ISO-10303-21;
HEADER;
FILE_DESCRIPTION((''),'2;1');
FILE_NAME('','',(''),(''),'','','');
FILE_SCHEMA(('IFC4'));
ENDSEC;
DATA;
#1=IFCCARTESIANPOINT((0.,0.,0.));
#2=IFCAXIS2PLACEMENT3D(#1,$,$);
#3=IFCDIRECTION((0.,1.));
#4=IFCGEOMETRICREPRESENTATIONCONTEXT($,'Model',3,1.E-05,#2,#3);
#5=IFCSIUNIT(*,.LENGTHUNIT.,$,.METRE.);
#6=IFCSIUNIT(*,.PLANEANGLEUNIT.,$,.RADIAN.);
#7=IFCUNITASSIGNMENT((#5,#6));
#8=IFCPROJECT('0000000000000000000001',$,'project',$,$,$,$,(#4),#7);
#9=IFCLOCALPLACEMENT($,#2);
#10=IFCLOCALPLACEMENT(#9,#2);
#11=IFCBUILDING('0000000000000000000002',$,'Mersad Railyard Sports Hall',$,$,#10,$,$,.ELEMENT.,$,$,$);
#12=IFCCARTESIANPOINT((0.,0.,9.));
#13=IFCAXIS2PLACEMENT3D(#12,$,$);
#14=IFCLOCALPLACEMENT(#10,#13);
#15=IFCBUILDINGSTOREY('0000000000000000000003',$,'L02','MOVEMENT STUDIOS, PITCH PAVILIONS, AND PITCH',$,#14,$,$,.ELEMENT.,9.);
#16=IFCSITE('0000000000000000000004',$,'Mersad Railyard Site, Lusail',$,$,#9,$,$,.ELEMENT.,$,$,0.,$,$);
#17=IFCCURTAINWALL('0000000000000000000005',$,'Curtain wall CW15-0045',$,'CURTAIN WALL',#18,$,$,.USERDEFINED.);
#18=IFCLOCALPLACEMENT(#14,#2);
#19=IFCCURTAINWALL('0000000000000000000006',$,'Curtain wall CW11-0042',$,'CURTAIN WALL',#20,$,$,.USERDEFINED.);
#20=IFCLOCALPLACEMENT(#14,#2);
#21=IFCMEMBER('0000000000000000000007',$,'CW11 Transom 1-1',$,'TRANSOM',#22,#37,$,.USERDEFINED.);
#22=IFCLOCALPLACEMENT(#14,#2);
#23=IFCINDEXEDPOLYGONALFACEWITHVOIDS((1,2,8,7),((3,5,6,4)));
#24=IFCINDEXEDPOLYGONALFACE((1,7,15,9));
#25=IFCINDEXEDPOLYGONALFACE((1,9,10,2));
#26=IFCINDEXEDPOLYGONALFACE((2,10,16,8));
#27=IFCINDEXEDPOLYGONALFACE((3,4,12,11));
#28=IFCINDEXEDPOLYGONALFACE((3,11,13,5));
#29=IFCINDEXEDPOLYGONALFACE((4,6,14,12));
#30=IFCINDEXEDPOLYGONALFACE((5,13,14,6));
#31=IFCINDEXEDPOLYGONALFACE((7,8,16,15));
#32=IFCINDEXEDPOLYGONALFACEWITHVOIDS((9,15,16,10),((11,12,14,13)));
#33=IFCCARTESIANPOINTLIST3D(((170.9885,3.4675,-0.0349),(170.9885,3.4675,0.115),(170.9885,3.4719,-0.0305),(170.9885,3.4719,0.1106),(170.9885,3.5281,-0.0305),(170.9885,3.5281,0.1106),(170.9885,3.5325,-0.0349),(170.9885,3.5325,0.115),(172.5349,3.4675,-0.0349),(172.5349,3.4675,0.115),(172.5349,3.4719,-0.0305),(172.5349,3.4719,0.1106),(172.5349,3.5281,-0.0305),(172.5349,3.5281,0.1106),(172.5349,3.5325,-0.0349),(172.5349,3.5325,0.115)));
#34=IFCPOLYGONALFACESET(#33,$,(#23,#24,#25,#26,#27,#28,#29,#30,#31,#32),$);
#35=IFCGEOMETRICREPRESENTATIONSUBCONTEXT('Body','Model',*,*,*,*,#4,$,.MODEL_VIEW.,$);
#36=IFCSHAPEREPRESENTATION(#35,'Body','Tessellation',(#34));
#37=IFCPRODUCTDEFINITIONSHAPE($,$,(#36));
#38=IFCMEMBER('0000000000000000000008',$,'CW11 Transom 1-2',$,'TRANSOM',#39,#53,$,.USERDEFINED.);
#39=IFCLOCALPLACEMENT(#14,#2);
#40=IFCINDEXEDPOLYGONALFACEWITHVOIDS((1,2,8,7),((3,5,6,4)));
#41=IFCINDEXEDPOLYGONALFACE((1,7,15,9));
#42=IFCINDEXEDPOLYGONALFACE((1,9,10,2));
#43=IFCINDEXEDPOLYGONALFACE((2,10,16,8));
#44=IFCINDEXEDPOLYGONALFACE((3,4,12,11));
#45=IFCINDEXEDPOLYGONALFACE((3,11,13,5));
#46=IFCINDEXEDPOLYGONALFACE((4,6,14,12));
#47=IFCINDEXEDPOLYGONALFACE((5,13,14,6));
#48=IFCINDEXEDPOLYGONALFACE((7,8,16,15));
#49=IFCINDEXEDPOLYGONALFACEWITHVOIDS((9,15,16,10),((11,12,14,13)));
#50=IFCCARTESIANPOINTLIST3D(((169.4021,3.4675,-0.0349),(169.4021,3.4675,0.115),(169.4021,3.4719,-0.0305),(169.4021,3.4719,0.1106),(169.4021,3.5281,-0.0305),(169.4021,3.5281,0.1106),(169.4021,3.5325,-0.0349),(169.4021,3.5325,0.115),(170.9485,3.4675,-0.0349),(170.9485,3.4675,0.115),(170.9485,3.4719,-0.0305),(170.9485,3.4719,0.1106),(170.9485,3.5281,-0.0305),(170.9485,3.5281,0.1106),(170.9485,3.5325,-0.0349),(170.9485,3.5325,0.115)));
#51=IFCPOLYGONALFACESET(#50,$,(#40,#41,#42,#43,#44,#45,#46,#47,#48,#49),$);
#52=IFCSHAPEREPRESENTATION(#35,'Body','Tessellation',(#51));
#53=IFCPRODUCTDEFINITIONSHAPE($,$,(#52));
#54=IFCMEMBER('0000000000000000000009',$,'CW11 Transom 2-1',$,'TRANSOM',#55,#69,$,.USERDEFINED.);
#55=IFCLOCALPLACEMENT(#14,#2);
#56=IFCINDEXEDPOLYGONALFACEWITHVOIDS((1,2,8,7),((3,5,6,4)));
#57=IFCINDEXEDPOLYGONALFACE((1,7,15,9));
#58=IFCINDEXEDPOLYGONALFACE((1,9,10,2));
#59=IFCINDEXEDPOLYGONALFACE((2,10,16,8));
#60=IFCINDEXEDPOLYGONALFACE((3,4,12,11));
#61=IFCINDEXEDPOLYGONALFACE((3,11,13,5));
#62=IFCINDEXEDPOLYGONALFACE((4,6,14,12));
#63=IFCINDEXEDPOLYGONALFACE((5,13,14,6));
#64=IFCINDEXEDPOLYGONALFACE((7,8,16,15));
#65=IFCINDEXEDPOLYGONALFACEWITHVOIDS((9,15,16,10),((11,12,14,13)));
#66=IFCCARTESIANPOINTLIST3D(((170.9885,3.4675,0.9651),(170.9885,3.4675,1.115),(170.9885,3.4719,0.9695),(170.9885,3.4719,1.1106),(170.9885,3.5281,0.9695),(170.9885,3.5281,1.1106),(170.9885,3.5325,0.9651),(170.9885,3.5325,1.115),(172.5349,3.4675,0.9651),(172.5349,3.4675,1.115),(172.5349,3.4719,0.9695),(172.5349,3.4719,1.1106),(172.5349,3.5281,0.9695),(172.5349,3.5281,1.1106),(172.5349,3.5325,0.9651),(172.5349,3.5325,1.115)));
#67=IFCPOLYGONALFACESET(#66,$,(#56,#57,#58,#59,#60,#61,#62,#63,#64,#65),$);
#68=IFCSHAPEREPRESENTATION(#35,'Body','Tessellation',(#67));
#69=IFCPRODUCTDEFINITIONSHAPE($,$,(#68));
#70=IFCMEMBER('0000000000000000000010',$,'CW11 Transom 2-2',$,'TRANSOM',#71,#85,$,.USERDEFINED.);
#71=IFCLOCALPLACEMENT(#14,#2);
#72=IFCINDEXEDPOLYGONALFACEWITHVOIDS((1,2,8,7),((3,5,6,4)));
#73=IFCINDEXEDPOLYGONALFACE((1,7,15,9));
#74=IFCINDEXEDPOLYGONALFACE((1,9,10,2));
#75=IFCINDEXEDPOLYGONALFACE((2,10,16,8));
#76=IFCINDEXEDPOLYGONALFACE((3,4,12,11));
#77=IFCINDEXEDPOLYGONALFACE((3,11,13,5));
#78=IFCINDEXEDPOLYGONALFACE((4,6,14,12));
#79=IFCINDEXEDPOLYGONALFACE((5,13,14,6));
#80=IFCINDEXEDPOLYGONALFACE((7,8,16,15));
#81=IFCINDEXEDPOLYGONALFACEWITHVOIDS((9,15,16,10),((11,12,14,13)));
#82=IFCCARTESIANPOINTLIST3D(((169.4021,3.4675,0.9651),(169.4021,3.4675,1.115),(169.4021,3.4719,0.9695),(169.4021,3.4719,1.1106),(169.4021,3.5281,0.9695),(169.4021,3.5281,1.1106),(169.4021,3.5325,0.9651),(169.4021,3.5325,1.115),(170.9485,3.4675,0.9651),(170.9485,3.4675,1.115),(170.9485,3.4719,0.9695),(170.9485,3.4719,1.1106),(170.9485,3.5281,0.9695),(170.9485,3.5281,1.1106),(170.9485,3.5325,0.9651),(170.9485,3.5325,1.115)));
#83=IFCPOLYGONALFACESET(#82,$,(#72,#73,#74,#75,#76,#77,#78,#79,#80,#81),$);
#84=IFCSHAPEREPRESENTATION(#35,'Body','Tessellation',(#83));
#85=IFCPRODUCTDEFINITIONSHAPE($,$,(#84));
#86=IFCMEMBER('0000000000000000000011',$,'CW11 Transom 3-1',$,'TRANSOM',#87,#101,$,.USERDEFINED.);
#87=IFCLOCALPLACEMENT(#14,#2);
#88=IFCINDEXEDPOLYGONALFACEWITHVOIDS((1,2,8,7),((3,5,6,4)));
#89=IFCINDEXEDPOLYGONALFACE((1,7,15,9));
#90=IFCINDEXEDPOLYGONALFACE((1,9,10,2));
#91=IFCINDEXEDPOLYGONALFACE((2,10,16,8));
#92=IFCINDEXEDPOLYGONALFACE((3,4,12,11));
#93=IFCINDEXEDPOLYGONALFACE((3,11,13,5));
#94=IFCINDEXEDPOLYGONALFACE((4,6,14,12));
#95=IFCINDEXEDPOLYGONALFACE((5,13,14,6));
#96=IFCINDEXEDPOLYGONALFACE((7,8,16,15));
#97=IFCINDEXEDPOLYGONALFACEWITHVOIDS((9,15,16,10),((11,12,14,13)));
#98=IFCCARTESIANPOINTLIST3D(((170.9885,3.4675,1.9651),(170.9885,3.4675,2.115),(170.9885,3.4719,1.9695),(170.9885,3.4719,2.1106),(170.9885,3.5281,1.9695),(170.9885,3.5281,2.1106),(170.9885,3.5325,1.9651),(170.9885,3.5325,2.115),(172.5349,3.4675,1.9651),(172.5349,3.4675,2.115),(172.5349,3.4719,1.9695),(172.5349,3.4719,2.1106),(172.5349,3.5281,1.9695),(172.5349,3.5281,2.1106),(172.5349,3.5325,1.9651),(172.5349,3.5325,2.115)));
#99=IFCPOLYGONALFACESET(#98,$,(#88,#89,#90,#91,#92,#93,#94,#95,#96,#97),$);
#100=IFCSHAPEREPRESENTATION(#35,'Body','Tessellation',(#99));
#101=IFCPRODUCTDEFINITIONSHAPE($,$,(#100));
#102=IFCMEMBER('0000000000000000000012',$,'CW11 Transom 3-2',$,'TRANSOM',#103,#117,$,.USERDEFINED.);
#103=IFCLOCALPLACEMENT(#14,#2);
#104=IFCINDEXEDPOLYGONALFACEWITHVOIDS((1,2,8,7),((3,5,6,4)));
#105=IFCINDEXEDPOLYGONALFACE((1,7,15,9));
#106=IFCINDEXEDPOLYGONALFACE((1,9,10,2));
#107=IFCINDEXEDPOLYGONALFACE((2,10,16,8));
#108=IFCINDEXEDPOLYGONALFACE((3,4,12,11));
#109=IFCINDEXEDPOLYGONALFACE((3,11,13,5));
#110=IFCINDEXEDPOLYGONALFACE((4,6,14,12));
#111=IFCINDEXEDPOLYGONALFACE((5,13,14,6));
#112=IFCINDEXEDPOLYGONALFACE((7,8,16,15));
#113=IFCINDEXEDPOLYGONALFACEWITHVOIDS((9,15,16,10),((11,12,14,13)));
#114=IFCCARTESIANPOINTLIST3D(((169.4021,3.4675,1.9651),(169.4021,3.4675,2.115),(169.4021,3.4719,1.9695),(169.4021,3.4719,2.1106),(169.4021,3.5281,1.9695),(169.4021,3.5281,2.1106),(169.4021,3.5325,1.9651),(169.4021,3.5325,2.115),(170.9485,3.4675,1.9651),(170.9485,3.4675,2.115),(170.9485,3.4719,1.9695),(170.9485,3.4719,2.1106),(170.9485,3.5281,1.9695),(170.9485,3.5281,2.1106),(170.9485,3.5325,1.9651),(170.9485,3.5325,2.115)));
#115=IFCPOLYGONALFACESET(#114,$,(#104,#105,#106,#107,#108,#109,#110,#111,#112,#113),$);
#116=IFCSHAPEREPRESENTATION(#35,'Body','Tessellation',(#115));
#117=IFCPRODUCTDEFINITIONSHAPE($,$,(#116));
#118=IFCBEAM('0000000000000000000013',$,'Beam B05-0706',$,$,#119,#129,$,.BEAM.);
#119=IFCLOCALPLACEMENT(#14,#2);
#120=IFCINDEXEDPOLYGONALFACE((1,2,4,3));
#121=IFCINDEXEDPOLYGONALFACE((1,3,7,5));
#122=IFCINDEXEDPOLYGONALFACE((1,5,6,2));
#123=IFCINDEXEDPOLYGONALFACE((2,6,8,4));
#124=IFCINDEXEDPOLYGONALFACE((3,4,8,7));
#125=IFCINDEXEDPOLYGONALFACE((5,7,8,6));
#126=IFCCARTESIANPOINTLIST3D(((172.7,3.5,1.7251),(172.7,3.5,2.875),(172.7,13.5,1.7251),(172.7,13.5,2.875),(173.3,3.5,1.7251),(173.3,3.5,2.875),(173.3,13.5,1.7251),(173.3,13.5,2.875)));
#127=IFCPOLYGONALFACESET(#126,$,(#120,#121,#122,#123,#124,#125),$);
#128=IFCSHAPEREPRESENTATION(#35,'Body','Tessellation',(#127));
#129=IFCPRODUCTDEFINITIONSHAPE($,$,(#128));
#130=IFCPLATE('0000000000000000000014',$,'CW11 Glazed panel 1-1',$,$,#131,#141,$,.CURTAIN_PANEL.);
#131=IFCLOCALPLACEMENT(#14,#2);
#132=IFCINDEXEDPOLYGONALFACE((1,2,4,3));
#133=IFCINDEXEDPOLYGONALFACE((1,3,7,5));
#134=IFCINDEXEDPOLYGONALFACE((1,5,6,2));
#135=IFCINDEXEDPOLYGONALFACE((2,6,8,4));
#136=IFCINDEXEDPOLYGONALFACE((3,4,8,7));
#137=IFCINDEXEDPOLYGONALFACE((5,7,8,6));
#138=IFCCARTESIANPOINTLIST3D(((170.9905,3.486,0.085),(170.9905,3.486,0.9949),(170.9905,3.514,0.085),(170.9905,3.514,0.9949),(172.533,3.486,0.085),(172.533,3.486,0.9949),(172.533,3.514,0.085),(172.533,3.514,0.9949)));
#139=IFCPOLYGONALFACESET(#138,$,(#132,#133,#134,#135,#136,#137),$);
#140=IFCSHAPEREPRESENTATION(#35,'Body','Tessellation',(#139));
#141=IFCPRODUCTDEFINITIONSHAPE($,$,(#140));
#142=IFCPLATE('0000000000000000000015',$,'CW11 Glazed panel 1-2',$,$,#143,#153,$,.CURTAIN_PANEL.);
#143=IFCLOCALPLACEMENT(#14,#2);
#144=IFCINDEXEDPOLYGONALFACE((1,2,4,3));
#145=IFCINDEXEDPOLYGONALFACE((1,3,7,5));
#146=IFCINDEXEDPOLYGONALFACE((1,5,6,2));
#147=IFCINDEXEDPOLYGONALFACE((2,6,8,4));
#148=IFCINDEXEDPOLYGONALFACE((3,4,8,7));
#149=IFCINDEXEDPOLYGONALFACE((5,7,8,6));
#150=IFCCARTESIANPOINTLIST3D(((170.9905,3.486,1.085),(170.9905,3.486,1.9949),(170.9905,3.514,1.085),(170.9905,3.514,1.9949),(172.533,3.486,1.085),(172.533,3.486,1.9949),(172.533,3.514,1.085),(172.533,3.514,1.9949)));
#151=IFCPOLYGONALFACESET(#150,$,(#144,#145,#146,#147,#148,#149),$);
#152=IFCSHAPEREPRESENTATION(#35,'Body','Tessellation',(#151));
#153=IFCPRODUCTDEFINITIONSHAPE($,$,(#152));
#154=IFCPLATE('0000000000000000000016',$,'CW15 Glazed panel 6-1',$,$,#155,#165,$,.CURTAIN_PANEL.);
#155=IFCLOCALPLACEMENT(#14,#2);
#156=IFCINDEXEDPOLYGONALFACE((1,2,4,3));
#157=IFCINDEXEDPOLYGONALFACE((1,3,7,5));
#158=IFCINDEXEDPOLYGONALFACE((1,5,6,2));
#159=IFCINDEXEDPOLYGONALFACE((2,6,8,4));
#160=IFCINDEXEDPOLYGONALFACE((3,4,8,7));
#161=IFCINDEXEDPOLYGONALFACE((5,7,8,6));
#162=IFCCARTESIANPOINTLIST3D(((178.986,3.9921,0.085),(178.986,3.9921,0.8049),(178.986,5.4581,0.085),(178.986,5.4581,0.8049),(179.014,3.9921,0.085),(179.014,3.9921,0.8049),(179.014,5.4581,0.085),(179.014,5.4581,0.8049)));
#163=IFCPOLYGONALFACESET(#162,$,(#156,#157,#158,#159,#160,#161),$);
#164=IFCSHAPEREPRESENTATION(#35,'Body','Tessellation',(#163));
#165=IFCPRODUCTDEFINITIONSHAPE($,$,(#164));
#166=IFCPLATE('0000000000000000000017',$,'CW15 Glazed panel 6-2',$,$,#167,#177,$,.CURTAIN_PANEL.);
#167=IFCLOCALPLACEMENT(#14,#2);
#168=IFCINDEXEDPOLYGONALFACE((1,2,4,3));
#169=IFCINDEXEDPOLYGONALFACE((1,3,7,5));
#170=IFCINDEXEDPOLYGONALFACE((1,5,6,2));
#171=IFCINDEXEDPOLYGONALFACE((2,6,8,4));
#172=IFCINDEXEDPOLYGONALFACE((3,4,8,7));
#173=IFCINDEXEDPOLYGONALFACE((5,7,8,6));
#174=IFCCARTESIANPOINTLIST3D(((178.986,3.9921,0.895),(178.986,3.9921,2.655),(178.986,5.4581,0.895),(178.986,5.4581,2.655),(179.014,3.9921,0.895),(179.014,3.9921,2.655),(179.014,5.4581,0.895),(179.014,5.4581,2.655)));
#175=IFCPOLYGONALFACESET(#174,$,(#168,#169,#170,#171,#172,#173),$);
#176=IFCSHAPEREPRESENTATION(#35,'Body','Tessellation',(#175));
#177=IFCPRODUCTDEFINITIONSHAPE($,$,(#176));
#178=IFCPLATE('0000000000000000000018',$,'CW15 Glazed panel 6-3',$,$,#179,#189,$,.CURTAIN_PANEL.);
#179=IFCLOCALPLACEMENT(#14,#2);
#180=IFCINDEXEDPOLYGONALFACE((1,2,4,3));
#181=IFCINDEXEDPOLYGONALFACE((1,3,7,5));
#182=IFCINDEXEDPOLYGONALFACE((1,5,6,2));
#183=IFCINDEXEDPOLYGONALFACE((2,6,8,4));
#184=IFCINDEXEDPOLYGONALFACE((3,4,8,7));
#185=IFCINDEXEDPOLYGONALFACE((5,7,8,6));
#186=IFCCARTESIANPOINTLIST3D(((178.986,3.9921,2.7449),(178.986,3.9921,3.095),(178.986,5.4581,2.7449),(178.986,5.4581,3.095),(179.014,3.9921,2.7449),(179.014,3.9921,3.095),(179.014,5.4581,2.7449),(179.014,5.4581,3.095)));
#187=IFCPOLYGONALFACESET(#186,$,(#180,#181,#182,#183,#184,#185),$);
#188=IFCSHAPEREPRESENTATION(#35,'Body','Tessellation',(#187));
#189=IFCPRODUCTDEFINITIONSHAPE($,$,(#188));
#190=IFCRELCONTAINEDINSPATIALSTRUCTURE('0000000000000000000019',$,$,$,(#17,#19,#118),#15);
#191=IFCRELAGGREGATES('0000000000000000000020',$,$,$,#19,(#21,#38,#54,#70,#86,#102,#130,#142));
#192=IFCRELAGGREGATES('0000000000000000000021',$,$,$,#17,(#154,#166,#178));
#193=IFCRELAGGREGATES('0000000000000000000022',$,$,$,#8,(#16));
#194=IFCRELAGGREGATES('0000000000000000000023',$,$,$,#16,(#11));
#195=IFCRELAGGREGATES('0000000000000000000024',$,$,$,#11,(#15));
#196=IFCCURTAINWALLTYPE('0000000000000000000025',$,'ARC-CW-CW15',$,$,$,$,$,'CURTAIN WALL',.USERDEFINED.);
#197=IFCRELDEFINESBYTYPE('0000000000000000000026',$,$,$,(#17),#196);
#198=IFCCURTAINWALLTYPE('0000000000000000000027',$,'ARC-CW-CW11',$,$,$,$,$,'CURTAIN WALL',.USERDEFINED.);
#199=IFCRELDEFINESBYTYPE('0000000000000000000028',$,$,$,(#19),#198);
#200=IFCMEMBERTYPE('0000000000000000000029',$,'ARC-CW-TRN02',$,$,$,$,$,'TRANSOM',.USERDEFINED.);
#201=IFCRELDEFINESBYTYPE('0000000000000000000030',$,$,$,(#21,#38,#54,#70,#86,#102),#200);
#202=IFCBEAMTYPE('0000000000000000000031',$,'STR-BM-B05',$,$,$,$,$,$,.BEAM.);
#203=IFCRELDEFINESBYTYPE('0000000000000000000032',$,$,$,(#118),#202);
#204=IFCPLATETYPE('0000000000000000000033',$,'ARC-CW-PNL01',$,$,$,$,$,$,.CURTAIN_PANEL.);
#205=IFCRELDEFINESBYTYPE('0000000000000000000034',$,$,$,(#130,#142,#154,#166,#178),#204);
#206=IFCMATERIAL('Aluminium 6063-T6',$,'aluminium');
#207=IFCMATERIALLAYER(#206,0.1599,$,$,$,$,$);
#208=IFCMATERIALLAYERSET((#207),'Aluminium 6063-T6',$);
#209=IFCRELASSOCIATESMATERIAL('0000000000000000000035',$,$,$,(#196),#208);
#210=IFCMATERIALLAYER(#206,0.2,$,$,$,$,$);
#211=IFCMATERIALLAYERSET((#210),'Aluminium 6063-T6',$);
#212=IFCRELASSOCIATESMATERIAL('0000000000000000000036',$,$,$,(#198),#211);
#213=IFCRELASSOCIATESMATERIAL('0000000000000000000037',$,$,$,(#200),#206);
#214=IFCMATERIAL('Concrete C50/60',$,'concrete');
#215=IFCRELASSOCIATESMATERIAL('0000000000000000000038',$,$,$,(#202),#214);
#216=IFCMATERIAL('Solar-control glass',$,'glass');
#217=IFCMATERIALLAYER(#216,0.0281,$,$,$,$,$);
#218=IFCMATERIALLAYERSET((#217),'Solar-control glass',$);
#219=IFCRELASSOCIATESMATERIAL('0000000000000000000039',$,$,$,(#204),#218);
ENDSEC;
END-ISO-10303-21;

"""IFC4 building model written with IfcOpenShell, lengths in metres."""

from ifc_helpers import new_model, si_unit, direction, frame, origin, origin_2d, place, context, subcontext, project, spatial, rectangle, hollow_rectangle, extrude, material, layer, layer_set, material_profile, profile_set, type_object, element, aggregate, save


model = new_model("IFC4")

# Units and contexts
model_context = context("Model", 3, precision=1e-05, world=origin(), true_north=direction((0.0, 1.0)))
body_context = subcontext(model_context, "Body", "Model", "MODEL_VIEW")
ifc_project = project(units=[si_unit("LENGTHUNIT", "METRE"), si_unit("PLANEANGLEUNIT", "RADIAN")], contexts=[model_context])

# Site, building, storey
site_placement = place(None, origin())
site = spatial("IfcSite", under=ifc_project, at=site_placement, Name="Mersad Railyard Site, Lusail", CompositionType="ELEMENT", RefElevation=0.0)
building_placement = place(site_placement, origin())
building = spatial("IfcBuilding", under=site, at=building_placement, Name="Mersad Railyard Sports Hall", CompositionType="ELEMENT")
storey_placement = place(building_placement, frame((0.0, 0.0, 9.0)))
storey = spatial("IfcBuildingStorey", under=building, at=storey_placement, Name="L02", Description="MOVEMENT STUDIOS, PITCH PAVILIONS, AND PITCH", CompositionType="ELEMENT", Elevation=9.0)

# Shared definitions
ifc_material_1 = material(Name="Concrete C50/60", Category="concrete")

# Curtain walls
ifc_material_2 = material(Name="Aluminium 6063-T6", Category="aluminium")
ifc_layer_1 = layer(ifc_material_2, 0.1599)
ifc_layer_set_1 = layer_set([ifc_layer_1], Name="Aluminium 6063-T6")
curtain_wall_type_1 = type_object("IfcCurtainWallType", Name="ARC-CW-CW15", ElementType="CURTAIN WALL", PredefinedType="USERDEFINED", material=ifc_layer_set_1)
curtain_wall_1_placement = place(storey_placement, origin())
curtain_wall_1 = element("IfcCurtainWall", 1, at=curtain_wall_1_placement, inside=storey, type_object=curtain_wall_type_1, Name="Curtain wall CW15-0045", ObjectType="CURTAIN WALL", PredefinedType="USERDEFINED")
ifc_layer_2 = layer(ifc_material_2, 0.2)
ifc_layer_set_2 = layer_set([ifc_layer_2], Name="Aluminium 6063-T6")
curtain_wall_type_2 = type_object("IfcCurtainWallType", Name="ARC-CW-CW11", ElementType="CURTAIN WALL", PredefinedType="USERDEFINED", material=ifc_layer_set_2)
curtain_wall_2_placement = place(storey_placement, origin())
curtain_wall_2 = element("IfcCurtainWall", 2, at=curtain_wall_2_placement, inside=storey, type_object=curtain_wall_type_2, Name="Curtain wall CW11-0042", ObjectType="CURTAIN WALL", PredefinedType="USERDEFINED")

# Members
ifc_material_profile_1 = material_profile(ifc_material_2, hollow_rectangle(XDim=0.0649, YDim=0.1499, WallThickness=0.0044, at=origin_2d()), Name="AL TRANSOM 65x150x4.5")
ifc_profile_set_1 = profile_set([ifc_material_profile_1], Name="Aluminium 6063-T6")
member_type_1 = type_object("IfcMemberType", Name="ARC-CW-TRN02", ElementType="TRANSOM", PredefinedType="USERDEFINED", material=ifc_profile_set_1)
member_1_placement = place(storey_placement, frame((172.5349, 3.5, 0.04), z_axis=(-1.0, 0.0, 0.0), x_axis=(0.0, -1.0, 0.0)))
member_1 = element("IfcMember", 3, at=member_1_placement, type_object=member_type_1, Name="CW11 Transom 1-1", ObjectType="TRANSOM", PredefinedType="USERDEFINED", context=body_context, shape_type="SweptSolid", body=[
    extrude(hollow_rectangle(XDim=0.0649, YDim=0.1499, WallThickness=0.0044, at=origin_2d()), origin(), (0.0, 0.0, 1.0), 1.5464),
])
member_2_placement = place(storey_placement, frame((170.9485, 3.5, 0.04), z_axis=(-1.0, 0.0, 0.0), x_axis=(0.0, -1.0, 0.0)))
member_2 = element("IfcMember", 4, at=member_2_placement, type_object=member_type_1, Name="CW11 Transom 1-2", ObjectType="TRANSOM", PredefinedType="USERDEFINED", context=body_context, shape_type="SweptSolid", body=[
    extrude(hollow_rectangle(XDim=0.0649, YDim=0.1499, WallThickness=0.0044, at=origin_2d()), origin(), (0.0, 0.0, 1.0), 1.5464),
])
member_3_placement = place(storey_placement, frame((172.5349, 3.5, 1.04), z_axis=(-1.0, 0.0, 0.0), x_axis=(0.0, -1.0, 0.0)))
member_3 = element("IfcMember", 5, at=member_3_placement, type_object=member_type_1, Name="CW11 Transom 2-1", ObjectType="TRANSOM", PredefinedType="USERDEFINED", context=body_context, shape_type="SweptSolid", body=[
    extrude(hollow_rectangle(XDim=0.0649, YDim=0.1499, WallThickness=0.0044, at=origin_2d()), origin(), (0.0, 0.0, 1.0), 1.5464),
])
member_4_placement = place(storey_placement, frame((170.9485, 3.5, 1.04), z_axis=(-1.0, 0.0, 0.0), x_axis=(0.0, -1.0, 0.0)))
member_4 = element("IfcMember", 6, at=member_4_placement, type_object=member_type_1, Name="CW11 Transom 2-2", ObjectType="TRANSOM", PredefinedType="USERDEFINED", context=body_context, shape_type="SweptSolid", body=[
    extrude(hollow_rectangle(XDim=0.0649, YDim=0.1499, WallThickness=0.0044, at=origin_2d()), origin(), (0.0, 0.0, 1.0), 1.5464),
])
member_5_placement = place(storey_placement, frame((172.5349, 3.5, 2.04), z_axis=(-1.0, 0.0, 0.0), x_axis=(0.0, -1.0, 0.0)))
member_5 = element("IfcMember", 7, at=member_5_placement, type_object=member_type_1, Name="CW11 Transom 3-1", ObjectType="TRANSOM", PredefinedType="USERDEFINED", context=body_context, shape_type="SweptSolid", body=[
    extrude(hollow_rectangle(XDim=0.0649, YDim=0.1499, WallThickness=0.0044, at=origin_2d()), origin(), (0.0, 0.0, 1.0), 1.5464),
])
member_6_placement = place(storey_placement, frame((170.9485, 3.5, 2.04), z_axis=(-1.0, 0.0, 0.0), x_axis=(0.0, -1.0, 0.0)))
member_6 = element("IfcMember", 8, at=member_6_placement, type_object=member_type_1, Name="CW11 Transom 3-2", ObjectType="TRANSOM", PredefinedType="USERDEFINED", context=body_context, shape_type="SweptSolid", body=[
    extrude(hollow_rectangle(XDim=0.0649, YDim=0.1499, WallThickness=0.0044, at=origin_2d()), origin(), (0.0, 0.0, 1.0), 1.5464),
])

# Beam
ifc_material_profile_2 = material_profile(ifc_material_1, rectangle(XDim=0.6001, YDim=1.1499, at=origin_2d()), Name="RC 600x1150")
ifc_profile_set_2 = profile_set([ifc_material_profile_2], Name="Concrete C50/60")
beam_type = type_object("IfcBeamType", Name="STR-BM-B05", PredefinedType="BEAM", material=ifc_profile_set_2)
beam_placement = place(storey_placement, frame((173.0, 3.5, 2.3), z_axis=(0.0, 1.0, 0.0), x_axis=(-1.0, 0.0, 0.0)))
element("IfcBeam", 9, at=beam_placement, inside=storey, type_object=beam_type, Name="Beam B05-0706", PredefinedType="BEAM", context=body_context, shape_type="SweptSolid", body=[
    extrude(rectangle(XDim=0.6001, YDim=1.1499, at=origin_2d()), origin(), (0.0, 0.0, 1.0), 10.0),
])

# Plates
ifc_material_3 = material(Name="Solar-control glass", Category="glass")
ifc_layer_3 = layer(ifc_material_3, 0.0281)
ifc_layer_set_3 = layer_set([ifc_layer_3], Name="Solar-control glass")
plate_type = type_object("IfcPlateType", Name="ARC-CW-PNL01", PredefinedType="CURTAIN_PANEL", material=ifc_layer_set_3)
plate_1_placement = place(storey_placement, frame((171.7617, 3.5, 0.085), z_axis=(0.0, 0.0, 1.0), x_axis=(-1.0, 0.0, 0.0)))
plate_1 = element("IfcPlate", 10, at=plate_1_placement, type_object=plate_type, Name="CW11 Glazed panel 1-1", PredefinedType="CURTAIN_PANEL", context=body_context, shape_type="SweptSolid", body=[
    extrude(rectangle(XDim=1.5425, YDim=0.0281, at=origin_2d()), origin(), (0.0, 0.0, 1.0), 0.9099),
])
plate_2_placement = place(storey_placement, frame((171.7617, 3.5, 1.085), z_axis=(0.0, 0.0, 1.0), x_axis=(-1.0, 0.0, 0.0)))
plate_2 = element("IfcPlate", 11, at=plate_2_placement, type_object=plate_type, Name="CW11 Glazed panel 1-2", PredefinedType="CURTAIN_PANEL", context=body_context, shape_type="SweptSolid", body=[
    extrude(rectangle(XDim=1.5425, YDim=0.0281, at=origin_2d()), origin(), (0.0, 0.0, 1.0), 0.9099),
])
aggregate(curtain_wall_2, [member_1, member_2, member_3, member_4, member_5, member_6, plate_1, plate_2])
plate_3_placement = place(storey_placement, frame((179.0, 4.7251, 0.085), z_axis=(0.0, 0.0, 1.0), x_axis=(0.0, -1.0, 0.0)))
plate_3 = element("IfcPlate", 12, at=plate_3_placement, type_object=plate_type, Name="CW15 Glazed panel 6-1", PredefinedType="CURTAIN_PANEL", context=body_context, shape_type="SweptSolid", body=[
    extrude(rectangle(XDim=1.4661, YDim=0.0281, at=origin_2d()), origin(), (0.0, 0.0, 1.0), 0.72),
])
plate_4_placement = place(storey_placement, frame((179.0, 4.7251, 0.895), z_axis=(0.0, 0.0, 1.0), x_axis=(0.0, -1.0, 0.0)))
plate_4 = element("IfcPlate", 13, at=plate_4_placement, type_object=plate_type, Name="CW15 Glazed panel 6-2", PredefinedType="CURTAIN_PANEL", context=body_context, shape_type="SweptSolid", body=[
    extrude(rectangle(XDim=1.4661, YDim=0.0281, at=origin_2d()), origin(), (0.0, 0.0, 1.0), 1.76),
])
plate_5_placement = place(storey_placement, frame((179.0, 4.7251, 2.7449), z_axis=(0.0, 0.0, 1.0), x_axis=(0.0, -1.0, 0.0)))
plate_5 = element("IfcPlate", 14, at=plate_5_placement, type_object=plate_type, Name="CW15 Glazed panel 6-3", PredefinedType="CURTAIN_PANEL", context=body_context, shape_type="SweptSolid", body=[
    extrude(rectangle(XDim=1.4661, YDim=0.0281, at=origin_2d()), origin(), (0.0, 0.0, 1.0), 0.3501),
])
aggregate(curtain_wall_1, [plate_3, plate_4, plate_5])

save(model, "model.ifc")
